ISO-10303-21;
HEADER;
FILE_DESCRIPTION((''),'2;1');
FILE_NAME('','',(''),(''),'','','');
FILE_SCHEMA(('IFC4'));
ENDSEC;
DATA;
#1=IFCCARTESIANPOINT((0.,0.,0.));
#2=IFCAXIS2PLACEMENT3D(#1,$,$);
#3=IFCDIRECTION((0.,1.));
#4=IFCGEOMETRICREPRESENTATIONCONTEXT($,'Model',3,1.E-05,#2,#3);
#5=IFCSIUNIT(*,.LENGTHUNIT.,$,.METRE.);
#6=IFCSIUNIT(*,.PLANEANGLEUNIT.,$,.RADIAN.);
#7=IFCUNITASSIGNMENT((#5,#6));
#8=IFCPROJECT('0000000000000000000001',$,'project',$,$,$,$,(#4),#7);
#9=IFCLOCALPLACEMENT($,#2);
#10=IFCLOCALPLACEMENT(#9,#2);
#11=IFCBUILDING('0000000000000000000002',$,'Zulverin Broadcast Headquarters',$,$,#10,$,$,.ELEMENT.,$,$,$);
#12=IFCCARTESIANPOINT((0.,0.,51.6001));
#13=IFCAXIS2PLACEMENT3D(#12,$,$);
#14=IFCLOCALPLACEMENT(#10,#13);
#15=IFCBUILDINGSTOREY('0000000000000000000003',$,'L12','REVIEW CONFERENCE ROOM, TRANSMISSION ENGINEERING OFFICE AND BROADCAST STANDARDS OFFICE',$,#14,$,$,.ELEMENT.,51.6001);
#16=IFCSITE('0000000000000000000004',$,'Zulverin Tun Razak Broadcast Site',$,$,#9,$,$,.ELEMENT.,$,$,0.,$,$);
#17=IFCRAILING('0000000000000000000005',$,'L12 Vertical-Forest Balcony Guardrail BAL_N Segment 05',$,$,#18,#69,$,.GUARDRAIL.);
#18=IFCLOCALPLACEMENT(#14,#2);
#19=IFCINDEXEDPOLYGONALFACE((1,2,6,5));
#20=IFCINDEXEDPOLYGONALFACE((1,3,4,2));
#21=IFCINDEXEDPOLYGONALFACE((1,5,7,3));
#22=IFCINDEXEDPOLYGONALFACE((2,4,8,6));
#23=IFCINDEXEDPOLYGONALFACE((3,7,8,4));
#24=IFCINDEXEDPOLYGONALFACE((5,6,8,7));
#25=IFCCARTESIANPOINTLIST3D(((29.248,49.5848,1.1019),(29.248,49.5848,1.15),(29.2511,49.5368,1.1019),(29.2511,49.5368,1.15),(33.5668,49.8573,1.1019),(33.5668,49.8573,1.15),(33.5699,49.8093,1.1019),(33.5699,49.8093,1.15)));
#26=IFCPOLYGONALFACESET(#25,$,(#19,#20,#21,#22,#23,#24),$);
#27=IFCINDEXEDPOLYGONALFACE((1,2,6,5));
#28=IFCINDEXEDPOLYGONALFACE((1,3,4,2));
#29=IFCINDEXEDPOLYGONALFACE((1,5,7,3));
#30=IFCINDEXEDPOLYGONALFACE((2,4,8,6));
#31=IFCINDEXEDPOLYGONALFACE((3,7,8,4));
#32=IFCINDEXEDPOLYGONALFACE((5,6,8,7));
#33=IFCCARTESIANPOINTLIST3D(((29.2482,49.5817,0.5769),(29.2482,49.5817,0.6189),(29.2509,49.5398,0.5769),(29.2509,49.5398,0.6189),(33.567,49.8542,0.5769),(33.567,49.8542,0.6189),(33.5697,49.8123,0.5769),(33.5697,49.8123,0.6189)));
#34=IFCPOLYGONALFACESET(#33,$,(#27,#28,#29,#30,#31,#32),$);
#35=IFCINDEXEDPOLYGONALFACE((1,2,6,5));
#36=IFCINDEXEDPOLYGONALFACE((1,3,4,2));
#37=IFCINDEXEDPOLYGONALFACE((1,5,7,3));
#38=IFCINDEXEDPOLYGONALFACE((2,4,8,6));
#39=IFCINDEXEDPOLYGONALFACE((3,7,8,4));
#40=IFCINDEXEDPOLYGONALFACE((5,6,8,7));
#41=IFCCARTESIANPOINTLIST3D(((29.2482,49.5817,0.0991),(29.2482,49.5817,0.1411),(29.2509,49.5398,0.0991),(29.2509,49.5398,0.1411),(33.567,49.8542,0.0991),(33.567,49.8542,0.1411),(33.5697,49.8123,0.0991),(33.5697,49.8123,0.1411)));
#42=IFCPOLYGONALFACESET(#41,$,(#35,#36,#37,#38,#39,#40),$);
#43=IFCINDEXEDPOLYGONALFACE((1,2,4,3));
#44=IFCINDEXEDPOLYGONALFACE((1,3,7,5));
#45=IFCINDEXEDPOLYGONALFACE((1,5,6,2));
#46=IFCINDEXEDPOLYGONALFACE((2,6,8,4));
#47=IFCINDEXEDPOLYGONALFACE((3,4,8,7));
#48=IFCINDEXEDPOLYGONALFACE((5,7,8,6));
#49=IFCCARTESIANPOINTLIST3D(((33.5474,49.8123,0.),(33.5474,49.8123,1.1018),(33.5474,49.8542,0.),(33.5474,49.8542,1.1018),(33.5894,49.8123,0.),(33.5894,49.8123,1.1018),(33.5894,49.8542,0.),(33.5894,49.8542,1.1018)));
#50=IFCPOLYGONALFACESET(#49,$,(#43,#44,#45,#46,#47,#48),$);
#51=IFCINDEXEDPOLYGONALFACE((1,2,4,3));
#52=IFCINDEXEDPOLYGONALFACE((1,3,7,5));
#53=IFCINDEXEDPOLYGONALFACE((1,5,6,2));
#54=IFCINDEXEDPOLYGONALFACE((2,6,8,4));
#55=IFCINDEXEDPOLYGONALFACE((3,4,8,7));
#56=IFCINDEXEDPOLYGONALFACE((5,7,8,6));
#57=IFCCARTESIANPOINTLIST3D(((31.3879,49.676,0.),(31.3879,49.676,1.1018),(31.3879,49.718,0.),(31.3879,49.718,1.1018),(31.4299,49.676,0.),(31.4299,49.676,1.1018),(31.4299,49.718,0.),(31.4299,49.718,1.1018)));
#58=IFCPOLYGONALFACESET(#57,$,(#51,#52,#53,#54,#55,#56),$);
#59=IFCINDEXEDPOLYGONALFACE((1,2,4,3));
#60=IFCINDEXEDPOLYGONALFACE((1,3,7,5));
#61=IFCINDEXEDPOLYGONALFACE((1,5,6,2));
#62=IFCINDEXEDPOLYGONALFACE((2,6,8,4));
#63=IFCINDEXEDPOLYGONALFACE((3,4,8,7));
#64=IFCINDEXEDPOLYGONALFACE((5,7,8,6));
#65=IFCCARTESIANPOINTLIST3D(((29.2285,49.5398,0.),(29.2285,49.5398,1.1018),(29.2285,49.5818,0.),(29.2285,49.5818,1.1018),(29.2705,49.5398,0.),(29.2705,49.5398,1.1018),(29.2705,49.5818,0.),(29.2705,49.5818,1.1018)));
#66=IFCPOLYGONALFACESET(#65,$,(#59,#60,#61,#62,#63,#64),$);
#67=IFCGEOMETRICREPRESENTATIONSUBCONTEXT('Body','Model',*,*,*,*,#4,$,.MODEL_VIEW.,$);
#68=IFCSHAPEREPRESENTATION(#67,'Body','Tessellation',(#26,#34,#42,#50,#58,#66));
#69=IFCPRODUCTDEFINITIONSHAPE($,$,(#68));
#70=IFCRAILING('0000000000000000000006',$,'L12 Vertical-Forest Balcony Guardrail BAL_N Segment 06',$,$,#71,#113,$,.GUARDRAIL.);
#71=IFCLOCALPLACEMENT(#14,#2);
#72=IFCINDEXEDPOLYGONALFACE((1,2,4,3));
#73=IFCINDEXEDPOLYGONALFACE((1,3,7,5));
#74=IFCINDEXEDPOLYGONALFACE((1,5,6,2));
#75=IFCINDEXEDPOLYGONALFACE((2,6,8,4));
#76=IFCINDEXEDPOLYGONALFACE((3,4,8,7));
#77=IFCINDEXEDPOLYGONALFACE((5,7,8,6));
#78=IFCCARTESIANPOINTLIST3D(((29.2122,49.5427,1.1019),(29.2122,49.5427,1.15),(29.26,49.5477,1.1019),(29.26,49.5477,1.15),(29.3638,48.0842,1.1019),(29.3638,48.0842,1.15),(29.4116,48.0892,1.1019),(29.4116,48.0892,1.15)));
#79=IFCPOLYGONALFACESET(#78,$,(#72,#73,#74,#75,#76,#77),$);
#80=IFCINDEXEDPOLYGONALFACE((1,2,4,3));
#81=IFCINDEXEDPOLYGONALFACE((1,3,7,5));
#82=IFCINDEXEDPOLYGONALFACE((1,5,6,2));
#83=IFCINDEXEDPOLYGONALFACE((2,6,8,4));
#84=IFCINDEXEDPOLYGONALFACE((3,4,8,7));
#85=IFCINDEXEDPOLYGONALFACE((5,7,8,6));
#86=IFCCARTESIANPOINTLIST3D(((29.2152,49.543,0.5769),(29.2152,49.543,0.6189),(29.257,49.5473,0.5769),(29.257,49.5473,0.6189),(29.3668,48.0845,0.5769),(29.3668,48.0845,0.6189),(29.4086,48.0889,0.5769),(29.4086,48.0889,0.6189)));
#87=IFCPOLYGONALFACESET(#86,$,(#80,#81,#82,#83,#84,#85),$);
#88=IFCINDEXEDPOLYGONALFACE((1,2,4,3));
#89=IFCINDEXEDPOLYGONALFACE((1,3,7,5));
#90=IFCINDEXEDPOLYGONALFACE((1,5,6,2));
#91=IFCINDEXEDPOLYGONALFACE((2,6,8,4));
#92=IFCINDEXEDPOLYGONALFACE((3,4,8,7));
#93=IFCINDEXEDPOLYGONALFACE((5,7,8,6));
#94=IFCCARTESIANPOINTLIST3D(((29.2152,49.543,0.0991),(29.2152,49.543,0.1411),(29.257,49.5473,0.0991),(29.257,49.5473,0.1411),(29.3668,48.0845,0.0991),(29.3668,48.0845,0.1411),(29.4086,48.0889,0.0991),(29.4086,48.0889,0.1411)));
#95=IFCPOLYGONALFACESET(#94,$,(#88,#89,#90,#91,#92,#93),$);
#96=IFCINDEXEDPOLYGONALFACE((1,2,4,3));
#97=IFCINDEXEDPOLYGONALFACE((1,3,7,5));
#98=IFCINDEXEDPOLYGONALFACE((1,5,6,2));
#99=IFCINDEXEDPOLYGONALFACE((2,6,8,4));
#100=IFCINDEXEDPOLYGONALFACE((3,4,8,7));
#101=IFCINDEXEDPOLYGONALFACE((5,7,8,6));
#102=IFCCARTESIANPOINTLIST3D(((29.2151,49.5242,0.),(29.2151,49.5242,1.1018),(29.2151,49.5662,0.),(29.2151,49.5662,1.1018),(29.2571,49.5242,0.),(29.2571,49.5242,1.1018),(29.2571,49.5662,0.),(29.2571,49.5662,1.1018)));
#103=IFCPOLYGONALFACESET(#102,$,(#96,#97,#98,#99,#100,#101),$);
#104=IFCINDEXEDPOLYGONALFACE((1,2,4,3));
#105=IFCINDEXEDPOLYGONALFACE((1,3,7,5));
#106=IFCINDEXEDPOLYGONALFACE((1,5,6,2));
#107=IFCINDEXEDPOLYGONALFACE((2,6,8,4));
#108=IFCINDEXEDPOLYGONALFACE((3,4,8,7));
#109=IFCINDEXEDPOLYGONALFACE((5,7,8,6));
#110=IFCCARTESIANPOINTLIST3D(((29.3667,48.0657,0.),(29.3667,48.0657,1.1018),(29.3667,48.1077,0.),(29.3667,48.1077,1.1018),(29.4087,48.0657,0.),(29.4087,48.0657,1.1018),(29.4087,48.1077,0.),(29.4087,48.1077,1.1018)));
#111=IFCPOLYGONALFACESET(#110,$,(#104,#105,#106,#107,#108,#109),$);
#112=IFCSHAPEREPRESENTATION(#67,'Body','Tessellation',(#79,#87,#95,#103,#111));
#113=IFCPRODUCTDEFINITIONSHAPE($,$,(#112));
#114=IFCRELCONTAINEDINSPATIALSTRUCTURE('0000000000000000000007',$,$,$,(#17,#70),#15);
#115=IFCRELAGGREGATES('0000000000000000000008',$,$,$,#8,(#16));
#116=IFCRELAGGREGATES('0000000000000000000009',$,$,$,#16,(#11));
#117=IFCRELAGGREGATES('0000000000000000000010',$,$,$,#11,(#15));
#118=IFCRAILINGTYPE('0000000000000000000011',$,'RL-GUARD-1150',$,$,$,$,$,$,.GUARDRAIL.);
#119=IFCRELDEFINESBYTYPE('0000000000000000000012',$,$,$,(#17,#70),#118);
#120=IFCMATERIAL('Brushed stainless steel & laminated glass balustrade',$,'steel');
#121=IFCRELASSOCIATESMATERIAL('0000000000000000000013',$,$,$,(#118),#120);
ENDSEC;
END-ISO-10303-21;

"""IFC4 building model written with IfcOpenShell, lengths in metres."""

from ifc_helpers import new_model, si_unit, direction, frame, origin, origin_2d, place, context, subcontext, project, spatial, rectangle, extrude, material, type_object, element, save


model = new_model("IFC4")

# Units and contexts
model_context = context("Model", 3, precision=1e-05, world=origin(), true_north=direction((0.0, 1.0)))
body_context = subcontext(model_context, "Body", "Model", "MODEL_VIEW")
ifc_project = project(units=[si_unit("LENGTHUNIT", "METRE"), si_unit("PLANEANGLEUNIT", "RADIAN")], contexts=[model_context])

# Site, building, storey
site_placement = place(None, origin())
site = spatial("IfcSite", under=ifc_project, at=site_placement, Name="Zulverin Tun Razak Broadcast Site", CompositionType="ELEMENT", RefElevation=0.0)
building_placement = place(site_placement, origin())
building = spatial("IfcBuilding", under=site, at=building_placement, Name="Zulverin Broadcast Headquarters", CompositionType="ELEMENT")
storey_placement = place(building_placement, frame((0.0, 0.0, 51.6001)))
storey = spatial("IfcBuildingStorey", under=building, at=storey_placement, Name="L12", Description="REVIEW CONFERENCE ROOM, TRANSMISSION ENGINEERING OFFICE AND BROADCAST STANDARDS OFFICE", CompositionType="ELEMENT", Elevation=51.6001)

# Railings
ifc_material_1 = material(Name="Brushed stainless steel & laminated glass balustrade", Category="steel")
railing_type = type_object("IfcRailingType", Name="RL-GUARD-1150", PredefinedType="GUARDRAIL", material=ifc_material_1)
railing_1_placement = place(storey_placement, frame((33.5684, 49.8333, 0.0)))
element("IfcRailing", 1, at=railing_1_placement, inside=storey, type_object=railing_type, Name="L12 Vertical-Forest Balcony Guardrail BAL_N Segment 05", PredefinedType="GUARDRAIL", context=body_context, shape_type="SweptSolid", body=[
    extrude(rectangle(XDim=0.0481, YDim=0.0481, at=origin_2d()), frame((0.0, 0.0, 1.126), z_axis=(-0.998016, -0.062961, 0.0), x_axis=(0.062961, -0.998016, 0.0)), (0.0, 0.0, 1.0), 4.3274),
    extrude(rectangle(XDim=0.042, YDim=0.042, at=origin_2d()), frame((0.0, 0.0, 0.5979), z_axis=(-0.998016, -0.062961, 0.0), x_axis=(0.062961, -0.998016, 0.0)), (0.0, 0.0, 1.0), 4.3274),
    extrude(rectangle(XDim=0.042, YDim=0.042, at=origin_2d()), frame((0.0, 0.0, 0.1201), z_axis=(-0.998016, -0.062961, 0.0), x_axis=(0.062961, -0.998016, 0.0)), (0.0, 0.0, 1.0), 4.3274),
    extrude(rectangle(XDim=0.042, YDim=0.042, at=origin_2d()), origin(), (0.0, 0.0, 1.0), 1.1018),
    extrude(rectangle(XDim=0.042, YDim=0.042, at=origin_2d()), frame((-2.1594, -0.1362, 0.0)), (0.0, 0.0, 1.0), 1.1018),
    extrude(rectangle(XDim=0.042, YDim=0.042, at=origin_2d()), frame((-4.3188, -0.2725, 0.0)), (0.0, 0.0, 1.0), 1.1018),
])
railing_2_placement = place(storey_placement, frame((29.2361, 49.5452, 0.0)))
element("IfcRailing", 2, at=railing_2_placement, inside=storey, type_object=railing_type, Name="L12 Vertical-Forest Balcony Guardrail BAL_N Segment 06", PredefinedType="GUARDRAIL", context=body_context, shape_type="SweptSolid", body=[
    extrude(rectangle(XDim=0.0481, YDim=0.0481, at=origin_2d()), frame((0.0, 0.0, 1.126), z_axis=(0.103393, -0.994641, 0.0), x_axis=(0.994641, 0.103393, 0.0)), (0.0, 0.0, 1.0), 1.4663),
    extrude(rectangle(XDim=0.042, YDim=0.042, at=origin_2d()), frame((0.0, 0.0, 0.5979), z_axis=(0.103393, -0.994641, 0.0), x_axis=(0.994641, 0.103393, 0.0)), (0.0, 0.0, 1.0), 1.4663),
    extrude(rectangle(XDim=0.042, YDim=0.042, at=origin_2d()), frame((0.0, 0.0, 0.1201), z_axis=(0.103393, -0.994641, 0.0), x_axis=(0.994641, 0.103393, 0.0)), (0.0, 0.0, 1.0), 1.4663),
    extrude(rectangle(XDim=0.042, YDim=0.042, at=origin_2d()), origin(), (0.0, 0.0, 1.0), 1.1018),
    extrude(rectangle(XDim=0.042, YDim=0.042, at=origin_2d()), frame((0.1516, -1.4585, 0.0)), (0.0, 0.0, 1.0), 1.1018),
])

save(model, "model.ifc")
